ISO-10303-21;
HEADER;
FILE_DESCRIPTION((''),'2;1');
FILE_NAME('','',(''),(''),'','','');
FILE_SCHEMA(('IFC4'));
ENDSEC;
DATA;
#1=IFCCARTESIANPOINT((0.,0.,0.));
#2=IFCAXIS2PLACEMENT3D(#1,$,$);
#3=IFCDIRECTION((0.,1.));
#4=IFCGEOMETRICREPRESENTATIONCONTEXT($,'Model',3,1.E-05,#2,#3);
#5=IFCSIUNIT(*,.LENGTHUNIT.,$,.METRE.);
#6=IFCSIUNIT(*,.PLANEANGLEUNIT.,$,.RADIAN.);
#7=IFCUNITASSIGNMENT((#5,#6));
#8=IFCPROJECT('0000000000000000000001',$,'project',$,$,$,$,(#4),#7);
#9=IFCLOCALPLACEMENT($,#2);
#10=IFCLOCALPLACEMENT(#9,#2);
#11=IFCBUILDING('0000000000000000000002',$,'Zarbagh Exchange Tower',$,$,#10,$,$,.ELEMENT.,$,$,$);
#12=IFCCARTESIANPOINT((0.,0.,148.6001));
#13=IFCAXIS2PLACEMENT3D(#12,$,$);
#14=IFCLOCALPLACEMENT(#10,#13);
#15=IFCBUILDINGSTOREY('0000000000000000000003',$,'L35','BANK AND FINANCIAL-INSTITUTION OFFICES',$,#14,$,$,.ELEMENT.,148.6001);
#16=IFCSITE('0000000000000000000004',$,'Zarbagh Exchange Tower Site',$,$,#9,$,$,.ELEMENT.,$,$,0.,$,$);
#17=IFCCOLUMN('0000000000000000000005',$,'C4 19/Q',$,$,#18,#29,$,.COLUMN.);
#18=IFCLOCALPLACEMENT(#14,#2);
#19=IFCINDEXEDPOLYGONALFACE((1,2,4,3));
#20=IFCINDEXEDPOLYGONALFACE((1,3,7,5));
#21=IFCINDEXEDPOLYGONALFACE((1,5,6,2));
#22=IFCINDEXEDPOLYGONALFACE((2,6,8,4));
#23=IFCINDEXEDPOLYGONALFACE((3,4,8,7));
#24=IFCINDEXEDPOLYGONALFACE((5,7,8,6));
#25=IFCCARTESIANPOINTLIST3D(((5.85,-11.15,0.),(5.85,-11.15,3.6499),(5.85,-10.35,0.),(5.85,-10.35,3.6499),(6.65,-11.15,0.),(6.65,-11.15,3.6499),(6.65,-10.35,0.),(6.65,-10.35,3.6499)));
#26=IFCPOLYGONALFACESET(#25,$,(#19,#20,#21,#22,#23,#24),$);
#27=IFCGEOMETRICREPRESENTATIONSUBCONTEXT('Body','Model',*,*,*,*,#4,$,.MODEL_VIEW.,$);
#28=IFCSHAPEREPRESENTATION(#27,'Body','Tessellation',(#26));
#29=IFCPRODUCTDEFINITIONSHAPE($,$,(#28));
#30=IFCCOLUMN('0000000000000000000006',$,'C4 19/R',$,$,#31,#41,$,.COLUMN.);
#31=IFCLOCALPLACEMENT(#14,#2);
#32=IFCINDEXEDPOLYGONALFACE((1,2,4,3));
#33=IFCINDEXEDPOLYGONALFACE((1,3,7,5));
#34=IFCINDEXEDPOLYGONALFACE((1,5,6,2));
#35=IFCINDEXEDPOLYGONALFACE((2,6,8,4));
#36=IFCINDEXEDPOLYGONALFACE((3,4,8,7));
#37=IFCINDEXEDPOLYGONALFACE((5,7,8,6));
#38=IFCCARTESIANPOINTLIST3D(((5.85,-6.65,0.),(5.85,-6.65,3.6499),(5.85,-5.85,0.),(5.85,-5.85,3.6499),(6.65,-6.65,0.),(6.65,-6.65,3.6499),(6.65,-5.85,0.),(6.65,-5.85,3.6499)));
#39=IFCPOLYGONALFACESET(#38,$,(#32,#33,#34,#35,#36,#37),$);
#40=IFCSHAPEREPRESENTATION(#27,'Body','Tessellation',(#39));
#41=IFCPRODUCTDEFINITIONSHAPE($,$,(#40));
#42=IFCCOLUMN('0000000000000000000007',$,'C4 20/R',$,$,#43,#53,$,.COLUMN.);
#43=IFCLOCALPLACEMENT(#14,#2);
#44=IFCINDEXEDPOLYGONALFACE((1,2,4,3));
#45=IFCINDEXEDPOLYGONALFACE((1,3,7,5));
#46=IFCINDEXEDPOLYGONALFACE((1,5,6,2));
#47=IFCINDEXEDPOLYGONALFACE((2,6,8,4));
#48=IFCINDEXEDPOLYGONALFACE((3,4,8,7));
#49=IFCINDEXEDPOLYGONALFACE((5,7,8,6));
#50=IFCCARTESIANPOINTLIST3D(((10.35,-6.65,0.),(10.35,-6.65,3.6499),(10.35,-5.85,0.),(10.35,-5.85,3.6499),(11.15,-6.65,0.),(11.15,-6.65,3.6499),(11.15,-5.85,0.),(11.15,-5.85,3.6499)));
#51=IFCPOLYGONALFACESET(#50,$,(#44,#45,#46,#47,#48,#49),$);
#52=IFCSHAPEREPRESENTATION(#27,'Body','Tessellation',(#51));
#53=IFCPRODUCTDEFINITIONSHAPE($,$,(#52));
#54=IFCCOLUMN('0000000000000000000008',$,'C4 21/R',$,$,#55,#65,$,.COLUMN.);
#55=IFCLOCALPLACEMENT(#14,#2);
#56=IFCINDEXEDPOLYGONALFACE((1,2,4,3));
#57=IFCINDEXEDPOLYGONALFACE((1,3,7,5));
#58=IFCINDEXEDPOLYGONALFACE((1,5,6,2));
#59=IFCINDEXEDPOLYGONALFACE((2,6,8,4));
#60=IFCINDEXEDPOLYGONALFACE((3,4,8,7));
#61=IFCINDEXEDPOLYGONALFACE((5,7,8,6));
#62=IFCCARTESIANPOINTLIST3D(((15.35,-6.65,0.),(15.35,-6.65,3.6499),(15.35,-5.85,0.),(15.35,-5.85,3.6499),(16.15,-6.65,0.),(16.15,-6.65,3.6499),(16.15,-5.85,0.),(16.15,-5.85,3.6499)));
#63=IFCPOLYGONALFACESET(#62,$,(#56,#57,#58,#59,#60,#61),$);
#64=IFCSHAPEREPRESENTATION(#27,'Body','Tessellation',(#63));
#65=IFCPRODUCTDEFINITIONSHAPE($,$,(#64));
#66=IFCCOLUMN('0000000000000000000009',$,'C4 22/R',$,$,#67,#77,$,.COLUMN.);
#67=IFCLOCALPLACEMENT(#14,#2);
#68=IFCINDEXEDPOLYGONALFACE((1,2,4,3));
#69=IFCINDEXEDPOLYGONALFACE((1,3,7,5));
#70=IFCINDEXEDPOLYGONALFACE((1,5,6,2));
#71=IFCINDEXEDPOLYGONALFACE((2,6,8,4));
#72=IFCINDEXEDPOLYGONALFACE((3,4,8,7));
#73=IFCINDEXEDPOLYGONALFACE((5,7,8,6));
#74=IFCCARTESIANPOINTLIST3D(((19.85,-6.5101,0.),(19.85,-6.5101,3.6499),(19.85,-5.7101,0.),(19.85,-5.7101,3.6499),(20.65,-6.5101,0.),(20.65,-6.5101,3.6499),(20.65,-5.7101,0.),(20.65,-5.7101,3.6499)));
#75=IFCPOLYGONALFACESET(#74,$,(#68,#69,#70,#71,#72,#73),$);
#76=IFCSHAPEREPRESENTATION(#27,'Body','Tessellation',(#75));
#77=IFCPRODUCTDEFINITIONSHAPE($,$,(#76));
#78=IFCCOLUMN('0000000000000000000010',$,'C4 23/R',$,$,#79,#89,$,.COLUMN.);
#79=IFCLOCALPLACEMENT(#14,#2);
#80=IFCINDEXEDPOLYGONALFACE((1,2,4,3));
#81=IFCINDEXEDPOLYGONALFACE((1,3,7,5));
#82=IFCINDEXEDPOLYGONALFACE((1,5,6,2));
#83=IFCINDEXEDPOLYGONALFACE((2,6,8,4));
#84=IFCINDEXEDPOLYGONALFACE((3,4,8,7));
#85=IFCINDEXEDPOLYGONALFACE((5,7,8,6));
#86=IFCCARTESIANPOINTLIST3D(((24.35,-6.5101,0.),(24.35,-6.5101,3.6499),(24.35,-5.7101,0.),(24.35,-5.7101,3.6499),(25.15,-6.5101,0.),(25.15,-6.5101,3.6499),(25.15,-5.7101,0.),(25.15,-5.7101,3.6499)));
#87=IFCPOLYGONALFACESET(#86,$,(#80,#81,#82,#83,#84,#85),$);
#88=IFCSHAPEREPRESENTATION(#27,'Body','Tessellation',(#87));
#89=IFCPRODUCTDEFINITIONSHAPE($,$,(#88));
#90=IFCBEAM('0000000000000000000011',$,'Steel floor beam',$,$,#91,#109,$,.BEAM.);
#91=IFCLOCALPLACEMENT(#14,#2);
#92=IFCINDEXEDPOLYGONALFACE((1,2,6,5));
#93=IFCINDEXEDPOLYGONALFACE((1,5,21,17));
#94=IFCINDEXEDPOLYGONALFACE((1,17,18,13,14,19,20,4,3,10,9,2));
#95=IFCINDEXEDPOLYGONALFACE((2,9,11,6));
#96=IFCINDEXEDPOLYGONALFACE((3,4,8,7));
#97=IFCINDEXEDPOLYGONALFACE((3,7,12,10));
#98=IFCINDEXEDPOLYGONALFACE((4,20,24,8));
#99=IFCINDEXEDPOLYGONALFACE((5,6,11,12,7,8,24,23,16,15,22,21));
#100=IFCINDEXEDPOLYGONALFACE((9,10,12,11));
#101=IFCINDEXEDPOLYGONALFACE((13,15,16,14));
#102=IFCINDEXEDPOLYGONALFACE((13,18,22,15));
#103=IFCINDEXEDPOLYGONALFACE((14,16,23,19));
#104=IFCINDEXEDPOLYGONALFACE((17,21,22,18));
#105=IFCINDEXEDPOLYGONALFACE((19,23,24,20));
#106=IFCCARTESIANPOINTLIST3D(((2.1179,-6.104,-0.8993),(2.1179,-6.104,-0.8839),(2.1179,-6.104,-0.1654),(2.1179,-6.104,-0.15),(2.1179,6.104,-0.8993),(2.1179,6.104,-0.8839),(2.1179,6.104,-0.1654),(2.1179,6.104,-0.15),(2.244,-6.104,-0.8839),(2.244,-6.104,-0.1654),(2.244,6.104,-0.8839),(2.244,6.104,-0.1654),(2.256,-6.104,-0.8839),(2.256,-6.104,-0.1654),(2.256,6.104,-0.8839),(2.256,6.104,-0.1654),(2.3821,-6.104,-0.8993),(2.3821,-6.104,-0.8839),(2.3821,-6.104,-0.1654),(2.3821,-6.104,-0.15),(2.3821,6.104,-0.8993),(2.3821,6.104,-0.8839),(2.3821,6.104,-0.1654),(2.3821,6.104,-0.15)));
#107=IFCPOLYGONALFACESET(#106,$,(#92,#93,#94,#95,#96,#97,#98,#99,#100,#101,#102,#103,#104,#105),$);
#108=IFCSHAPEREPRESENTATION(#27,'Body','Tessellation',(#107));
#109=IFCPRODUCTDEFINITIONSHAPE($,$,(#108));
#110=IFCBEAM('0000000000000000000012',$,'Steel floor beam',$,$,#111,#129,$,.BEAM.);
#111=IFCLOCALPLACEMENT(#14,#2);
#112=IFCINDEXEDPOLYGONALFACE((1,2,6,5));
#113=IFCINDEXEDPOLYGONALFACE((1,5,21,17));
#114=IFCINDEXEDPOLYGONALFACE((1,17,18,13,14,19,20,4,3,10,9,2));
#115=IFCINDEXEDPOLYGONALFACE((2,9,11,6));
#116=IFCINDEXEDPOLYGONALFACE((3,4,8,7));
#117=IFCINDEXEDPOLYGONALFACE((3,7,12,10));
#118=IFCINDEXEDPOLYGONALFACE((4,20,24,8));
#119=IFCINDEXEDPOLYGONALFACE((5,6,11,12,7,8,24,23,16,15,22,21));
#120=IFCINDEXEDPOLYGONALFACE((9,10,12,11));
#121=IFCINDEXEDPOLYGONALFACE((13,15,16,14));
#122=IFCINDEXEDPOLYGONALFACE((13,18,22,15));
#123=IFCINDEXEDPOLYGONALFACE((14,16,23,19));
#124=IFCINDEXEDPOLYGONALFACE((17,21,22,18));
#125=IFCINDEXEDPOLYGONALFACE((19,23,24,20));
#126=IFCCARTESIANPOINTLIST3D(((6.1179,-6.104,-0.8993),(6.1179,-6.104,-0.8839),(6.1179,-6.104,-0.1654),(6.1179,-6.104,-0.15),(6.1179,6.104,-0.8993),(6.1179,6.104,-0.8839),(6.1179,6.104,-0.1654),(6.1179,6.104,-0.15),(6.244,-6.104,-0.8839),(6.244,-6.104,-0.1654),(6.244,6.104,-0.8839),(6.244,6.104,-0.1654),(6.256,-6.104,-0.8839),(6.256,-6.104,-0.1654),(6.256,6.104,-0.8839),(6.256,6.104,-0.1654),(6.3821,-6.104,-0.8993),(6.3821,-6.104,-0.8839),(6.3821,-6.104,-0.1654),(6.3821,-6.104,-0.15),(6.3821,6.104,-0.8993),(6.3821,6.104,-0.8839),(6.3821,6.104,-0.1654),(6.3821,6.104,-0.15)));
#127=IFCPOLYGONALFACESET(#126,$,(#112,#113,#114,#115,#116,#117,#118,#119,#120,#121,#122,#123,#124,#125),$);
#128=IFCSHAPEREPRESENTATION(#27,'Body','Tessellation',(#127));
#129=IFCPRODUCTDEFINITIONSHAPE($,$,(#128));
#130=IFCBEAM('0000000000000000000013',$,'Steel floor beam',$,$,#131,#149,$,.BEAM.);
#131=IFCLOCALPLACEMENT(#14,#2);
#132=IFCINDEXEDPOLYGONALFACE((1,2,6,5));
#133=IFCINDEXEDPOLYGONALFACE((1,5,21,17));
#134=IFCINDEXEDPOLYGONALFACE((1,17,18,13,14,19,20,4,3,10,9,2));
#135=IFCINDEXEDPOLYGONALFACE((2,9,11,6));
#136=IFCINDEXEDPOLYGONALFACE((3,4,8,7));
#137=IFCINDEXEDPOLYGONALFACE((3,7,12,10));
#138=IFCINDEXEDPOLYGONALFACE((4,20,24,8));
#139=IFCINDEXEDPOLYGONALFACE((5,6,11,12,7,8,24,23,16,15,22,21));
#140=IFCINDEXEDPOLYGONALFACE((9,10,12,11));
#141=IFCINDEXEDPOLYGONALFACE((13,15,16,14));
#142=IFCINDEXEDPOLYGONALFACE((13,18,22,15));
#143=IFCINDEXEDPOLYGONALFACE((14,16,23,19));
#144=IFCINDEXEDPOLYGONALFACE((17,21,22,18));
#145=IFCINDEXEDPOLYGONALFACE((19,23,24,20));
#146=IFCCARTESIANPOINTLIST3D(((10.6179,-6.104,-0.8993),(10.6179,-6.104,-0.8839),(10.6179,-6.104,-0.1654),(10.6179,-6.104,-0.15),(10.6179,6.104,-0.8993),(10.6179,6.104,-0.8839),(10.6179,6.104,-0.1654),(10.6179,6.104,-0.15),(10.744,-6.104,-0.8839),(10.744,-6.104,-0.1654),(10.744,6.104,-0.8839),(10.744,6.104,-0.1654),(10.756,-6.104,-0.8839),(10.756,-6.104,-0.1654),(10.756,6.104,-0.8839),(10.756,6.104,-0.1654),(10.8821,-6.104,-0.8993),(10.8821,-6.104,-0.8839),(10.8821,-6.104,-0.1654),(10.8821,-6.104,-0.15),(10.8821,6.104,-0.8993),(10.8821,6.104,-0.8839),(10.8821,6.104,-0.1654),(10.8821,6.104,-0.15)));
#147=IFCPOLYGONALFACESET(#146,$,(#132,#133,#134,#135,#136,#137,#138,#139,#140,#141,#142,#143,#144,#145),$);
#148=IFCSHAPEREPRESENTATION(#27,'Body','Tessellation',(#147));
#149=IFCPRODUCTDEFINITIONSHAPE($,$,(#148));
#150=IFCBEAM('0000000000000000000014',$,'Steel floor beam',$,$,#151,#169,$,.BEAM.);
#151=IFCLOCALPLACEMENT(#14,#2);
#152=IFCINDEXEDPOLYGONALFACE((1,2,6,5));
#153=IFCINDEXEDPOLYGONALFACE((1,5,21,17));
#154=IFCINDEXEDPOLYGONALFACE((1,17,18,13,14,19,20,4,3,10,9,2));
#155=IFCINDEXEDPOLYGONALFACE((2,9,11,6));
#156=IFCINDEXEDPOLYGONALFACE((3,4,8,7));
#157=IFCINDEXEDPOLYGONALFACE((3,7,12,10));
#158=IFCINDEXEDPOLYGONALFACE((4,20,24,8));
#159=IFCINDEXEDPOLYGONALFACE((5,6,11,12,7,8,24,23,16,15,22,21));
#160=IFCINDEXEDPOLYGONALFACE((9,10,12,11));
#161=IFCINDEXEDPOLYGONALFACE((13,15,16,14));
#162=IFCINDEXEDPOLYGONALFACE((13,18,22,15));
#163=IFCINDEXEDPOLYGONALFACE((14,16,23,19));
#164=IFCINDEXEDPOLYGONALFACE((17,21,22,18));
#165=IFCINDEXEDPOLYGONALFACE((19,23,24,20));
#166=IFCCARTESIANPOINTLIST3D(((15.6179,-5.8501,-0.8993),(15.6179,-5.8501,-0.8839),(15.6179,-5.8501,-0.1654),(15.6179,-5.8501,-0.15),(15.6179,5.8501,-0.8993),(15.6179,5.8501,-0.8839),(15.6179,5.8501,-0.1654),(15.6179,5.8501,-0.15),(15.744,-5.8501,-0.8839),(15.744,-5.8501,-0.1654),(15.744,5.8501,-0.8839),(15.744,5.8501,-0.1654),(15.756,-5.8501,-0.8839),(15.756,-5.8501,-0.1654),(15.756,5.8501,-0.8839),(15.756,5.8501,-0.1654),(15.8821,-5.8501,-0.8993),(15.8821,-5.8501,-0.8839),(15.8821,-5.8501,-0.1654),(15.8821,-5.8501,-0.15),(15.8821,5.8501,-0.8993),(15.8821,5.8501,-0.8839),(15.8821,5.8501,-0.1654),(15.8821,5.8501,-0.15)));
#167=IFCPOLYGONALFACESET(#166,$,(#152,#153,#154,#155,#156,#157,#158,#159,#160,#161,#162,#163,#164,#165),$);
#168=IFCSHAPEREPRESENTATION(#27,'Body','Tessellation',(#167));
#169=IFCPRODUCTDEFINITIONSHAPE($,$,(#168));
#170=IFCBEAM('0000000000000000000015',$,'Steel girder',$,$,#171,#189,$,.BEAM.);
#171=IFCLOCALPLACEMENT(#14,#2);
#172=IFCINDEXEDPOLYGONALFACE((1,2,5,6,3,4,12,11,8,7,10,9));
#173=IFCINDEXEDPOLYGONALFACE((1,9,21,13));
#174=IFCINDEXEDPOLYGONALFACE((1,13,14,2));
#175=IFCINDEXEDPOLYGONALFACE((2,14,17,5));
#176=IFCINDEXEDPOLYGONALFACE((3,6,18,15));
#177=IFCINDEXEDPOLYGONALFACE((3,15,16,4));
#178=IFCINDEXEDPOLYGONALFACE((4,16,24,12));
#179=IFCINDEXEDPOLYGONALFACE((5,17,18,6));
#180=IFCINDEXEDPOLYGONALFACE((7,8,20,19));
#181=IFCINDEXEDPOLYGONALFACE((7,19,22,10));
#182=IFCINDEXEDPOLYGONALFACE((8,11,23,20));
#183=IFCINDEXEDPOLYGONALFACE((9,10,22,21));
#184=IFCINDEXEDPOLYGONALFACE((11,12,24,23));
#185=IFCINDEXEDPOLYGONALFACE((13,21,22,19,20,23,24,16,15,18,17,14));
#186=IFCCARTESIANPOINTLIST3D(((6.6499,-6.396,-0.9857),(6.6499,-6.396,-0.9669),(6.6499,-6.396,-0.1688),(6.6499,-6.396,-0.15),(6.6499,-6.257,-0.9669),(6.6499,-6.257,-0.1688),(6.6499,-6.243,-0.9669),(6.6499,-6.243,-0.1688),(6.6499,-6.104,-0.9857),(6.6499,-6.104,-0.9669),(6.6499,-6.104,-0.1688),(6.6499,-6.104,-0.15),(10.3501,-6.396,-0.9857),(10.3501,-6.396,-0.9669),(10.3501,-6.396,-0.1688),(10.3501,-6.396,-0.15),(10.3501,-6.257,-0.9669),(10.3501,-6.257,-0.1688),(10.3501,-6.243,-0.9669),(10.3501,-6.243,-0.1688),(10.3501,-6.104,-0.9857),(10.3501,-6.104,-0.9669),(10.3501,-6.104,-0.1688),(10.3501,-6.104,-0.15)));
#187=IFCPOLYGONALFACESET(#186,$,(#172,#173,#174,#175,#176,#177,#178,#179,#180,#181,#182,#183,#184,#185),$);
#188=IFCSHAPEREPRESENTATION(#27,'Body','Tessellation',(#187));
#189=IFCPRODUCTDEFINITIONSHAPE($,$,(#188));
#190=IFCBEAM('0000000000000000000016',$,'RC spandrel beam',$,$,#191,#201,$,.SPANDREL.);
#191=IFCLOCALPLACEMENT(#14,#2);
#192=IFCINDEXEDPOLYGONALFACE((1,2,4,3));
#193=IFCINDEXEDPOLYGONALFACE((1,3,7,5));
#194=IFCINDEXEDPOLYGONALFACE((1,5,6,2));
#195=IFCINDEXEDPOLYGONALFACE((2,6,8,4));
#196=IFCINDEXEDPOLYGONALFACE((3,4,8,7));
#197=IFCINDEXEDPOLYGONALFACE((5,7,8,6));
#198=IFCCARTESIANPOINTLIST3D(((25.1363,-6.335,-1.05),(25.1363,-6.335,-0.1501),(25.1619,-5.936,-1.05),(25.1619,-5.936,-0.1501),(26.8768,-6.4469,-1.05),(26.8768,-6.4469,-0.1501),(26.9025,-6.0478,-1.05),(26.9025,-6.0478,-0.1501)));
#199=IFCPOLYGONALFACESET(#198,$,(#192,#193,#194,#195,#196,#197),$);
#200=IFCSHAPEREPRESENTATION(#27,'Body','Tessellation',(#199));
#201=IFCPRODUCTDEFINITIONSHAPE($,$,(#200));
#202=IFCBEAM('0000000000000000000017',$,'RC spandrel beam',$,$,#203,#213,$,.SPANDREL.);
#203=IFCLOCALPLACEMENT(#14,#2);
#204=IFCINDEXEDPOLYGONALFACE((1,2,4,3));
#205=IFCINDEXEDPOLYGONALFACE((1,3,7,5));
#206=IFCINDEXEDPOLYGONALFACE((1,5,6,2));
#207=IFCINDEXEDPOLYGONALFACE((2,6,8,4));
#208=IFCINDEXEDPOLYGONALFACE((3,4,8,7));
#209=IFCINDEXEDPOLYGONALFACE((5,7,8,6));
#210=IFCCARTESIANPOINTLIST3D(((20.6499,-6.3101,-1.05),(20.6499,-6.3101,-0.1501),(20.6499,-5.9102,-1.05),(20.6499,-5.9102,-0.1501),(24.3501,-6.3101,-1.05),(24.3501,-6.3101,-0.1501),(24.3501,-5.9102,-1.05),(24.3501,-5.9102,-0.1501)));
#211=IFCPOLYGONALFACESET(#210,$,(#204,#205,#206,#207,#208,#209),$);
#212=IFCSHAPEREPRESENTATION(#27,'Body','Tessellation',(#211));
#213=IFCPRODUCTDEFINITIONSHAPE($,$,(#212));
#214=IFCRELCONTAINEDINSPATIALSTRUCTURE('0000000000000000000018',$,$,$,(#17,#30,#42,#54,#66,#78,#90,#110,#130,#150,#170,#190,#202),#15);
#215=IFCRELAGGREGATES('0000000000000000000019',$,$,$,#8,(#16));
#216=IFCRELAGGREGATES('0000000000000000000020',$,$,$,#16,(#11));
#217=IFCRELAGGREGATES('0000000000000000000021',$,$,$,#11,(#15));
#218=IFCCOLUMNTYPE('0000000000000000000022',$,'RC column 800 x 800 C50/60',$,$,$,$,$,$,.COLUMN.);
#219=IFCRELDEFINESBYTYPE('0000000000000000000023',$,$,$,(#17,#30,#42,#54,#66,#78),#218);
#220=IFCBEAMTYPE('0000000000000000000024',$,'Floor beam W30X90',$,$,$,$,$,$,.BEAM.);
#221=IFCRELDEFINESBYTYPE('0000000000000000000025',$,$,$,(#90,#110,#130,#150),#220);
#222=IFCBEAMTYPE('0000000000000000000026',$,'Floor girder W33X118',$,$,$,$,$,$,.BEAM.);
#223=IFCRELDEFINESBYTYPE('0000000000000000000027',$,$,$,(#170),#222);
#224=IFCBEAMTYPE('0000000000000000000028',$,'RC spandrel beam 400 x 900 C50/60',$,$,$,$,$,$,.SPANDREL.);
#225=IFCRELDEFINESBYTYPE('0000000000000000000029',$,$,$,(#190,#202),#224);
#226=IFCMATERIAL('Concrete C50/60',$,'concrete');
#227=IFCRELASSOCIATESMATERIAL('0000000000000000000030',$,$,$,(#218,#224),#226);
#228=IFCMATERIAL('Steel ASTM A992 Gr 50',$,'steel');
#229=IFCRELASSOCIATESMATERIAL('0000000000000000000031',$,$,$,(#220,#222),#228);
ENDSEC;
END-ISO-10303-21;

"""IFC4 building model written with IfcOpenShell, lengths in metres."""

from ifc_helpers import new_model, si_unit, direction, frame, origin, origin_2d, place, context, subcontext, project, spatial, rectangle, i_section, extrude, material, material_profile, profile_set, type_object, element, save


model = new_model("IFC4")

# Units and contexts
model_context = context("Model", 3, precision=1e-05, world=origin(), true_north=direction((0.0, 1.0)))
body_context = subcontext(model_context, "Body", "Model", "MODEL_VIEW")
ifc_project = project(units=[si_unit("LENGTHUNIT", "METRE"), si_unit("PLANEANGLEUNIT", "RADIAN")], contexts=[model_context])

# Site, building, storey
site_placement = place(None, origin())
site = spatial("IfcSite", under=ifc_project, at=site_placement, Name="Zarbagh Exchange Tower Site", CompositionType="ELEMENT", RefElevation=0.0)
building_placement = place(site_placement, origin())
building = spatial("IfcBuilding", under=site, at=building_placement, Name="Zarbagh Exchange Tower", CompositionType="ELEMENT")
storey_placement = place(building_placement, frame((0.0, 0.0, 148.6001)))
storey = spatial("IfcBuildingStorey", under=building, at=storey_placement, Name="L35", Description="BANK AND FINANCIAL-INSTITUTION OFFICES", CompositionType="ELEMENT", Elevation=148.6001)

# Columns
ifc_material_1 = material(Name="Concrete C50/60", Category="concrete")
ifc_material_profile_1 = material_profile(ifc_material_1, rectangle(XDim=0.8, YDim=0.8, at=origin_2d()), Name="RC column 800 x 800 C50/60")
ifc_profile_set_1 = profile_set([ifc_material_profile_1], Name="Concrete C50/60")
column_type = type_object("IfcColumnType", Name="RC column 800 x 800 C50/60", PredefinedType="COLUMN", material=ifc_profile_set_1)
for number, where, z_axis, x_axis, name in (
    (1, (6.25, -10.75, 0.0), (0.0, 0.0, 1.0), (1.0, 0.0, 0.0), "C4 19/Q"),
    (2, (6.25, -6.25, 0.0), (0.0, 0.0, 1.0), (1.0, 0.0, 0.0), "C4 19/R"),
    (3, (10.75, -6.25, 0.0), (0.0, 0.0, 1.0), (1.0, 0.0, 0.0), "C4 20/R"),
    (4, (15.75, -6.25, 0.0), (0.0, 0.0, 1.0), (1.0, 0.0, 0.0), "C4 21/R"),
    (5, (20.25, -6.1101, 0.0), (0.0, 0.0, 1.0), (1.0, 0.0, 0.0), "C4 22/R"),
    (6, (24.75, -6.1101, 0.0), (0.0, 0.0, 1.0), (1.0, 0.0, 0.0), "C4 23/R"),
):
    element("IfcColumn", number, at=place(storey_placement, frame(where, z_axis=z_axis, x_axis=x_axis)), inside=storey, type_object=column_type, Name=name, PredefinedType="COLUMN", context=body_context, shape_type="SweptSolid", body=[
        extrude(rectangle(XDim=0.8, YDim=0.8, at=origin_2d()), origin(), (0.0, 0.0, 1.0), 3.6499),
    ])

# Beams
ifc_material_2 = material(Name="Steel ASTM A992 Gr 50", Category="steel")
ifc_material_profile_2 = material_profile(ifc_material_2, i_section(OverallWidth=0.2642, OverallDepth=0.7493, WebThickness=0.012, FlangeThickness=0.0154, at=origin_2d()), Name="W30X90")
ifc_profile_set_2 = profile_set([ifc_material_profile_2], Name="Steel ASTM A992 Gr 50")
beam_type_1 = type_object("IfcBeamType", Name="Floor beam W30X90", PredefinedType="BEAM", material=ifc_profile_set_2)
for number, where, z_axis, x_axis, name in (
    (7, (2.25, -6.104, -0.5247), (0.0, 1.0, 0.0), (-1.0, 0.0, 0.0), "Steel floor beam"),
    (8, (6.25, -6.104, -0.5247), (0.0, 1.0, 0.0), (-1.0, 0.0, 0.0), "Steel floor beam"),
    (9, (10.75, -6.104, -0.5247), (0.0, 1.0, 0.0), (-1.0, 0.0, 0.0), "Steel floor beam"),
):
    element("IfcBeam", number, at=place(storey_placement, frame(where, z_axis=z_axis, x_axis=x_axis)), inside=storey, type_object=beam_type_1, Name=name, PredefinedType="BEAM", context=body_context, shape_type="SweptSolid", body=[
        extrude(i_section(OverallWidth=0.2642, OverallDepth=0.7493, WebThickness=0.012, FlangeThickness=0.0154, at=origin_2d()), origin(), (0.0, 0.0, 1.0), 12.208),
    ])
beam_1_placement = place(storey_placement, frame((15.75, -5.8501, -0.5247), z_axis=(0.0, 1.0, 0.0), x_axis=(-1.0, 0.0, 0.0)))
element("IfcBeam", 10, at=beam_1_placement, inside=storey, type_object=beam_type_1, Name="Steel floor beam", PredefinedType="BEAM", context=body_context, shape_type="SweptSolid", body=[
    extrude(i_section(OverallWidth=0.2642, OverallDepth=0.7493, WebThickness=0.012, FlangeThickness=0.0154, at=origin_2d()), origin(), (0.0, 0.0, 1.0), 11.7002),
])
ifc_material_profile_3 = material_profile(ifc_material_2, i_section(OverallWidth=0.292, OverallDepth=0.8357, WebThickness=0.0139, FlangeThickness=0.0188, at=origin_2d()), Name="W33X118")
ifc_profile_set_3 = profile_set([ifc_material_profile_3], Name="Steel ASTM A992 Gr 50")
beam_type_2 = type_object("IfcBeamType", Name="Floor girder W33X118", PredefinedType="BEAM", material=ifc_profile_set_3)
beam_2_placement = place(storey_placement, frame((6.6499, -6.25, -0.5679), z_axis=(1.0, 0.0, 0.0), x_axis=(0.0, 1.0, 0.0)))
element("IfcBeam", 11, at=beam_2_placement, inside=storey, type_object=beam_type_2, Name="Steel girder", PredefinedType="BEAM", context=body_context, shape_type="SweptSolid", body=[
    extrude(i_section(OverallWidth=0.292, OverallDepth=0.8357, WebThickness=0.0139, FlangeThickness=0.0188, at=origin_2d()), origin(), (0.0, 0.0, 1.0), 3.7002),
])
ifc_material_profile_4 = material_profile(ifc_material_1, rectangle(XDim=0.3999, YDim=0.8999, at=origin_2d()), Name="RC spandrel beam 400 x 900 C50/60")
ifc_profile_set_4 = profile_set([ifc_material_profile_4], Name="Concrete C50/60")
beam_type_3 = type_object("IfcBeamType", Name="RC spandrel beam 400 x 900 C50/60", PredefinedType="SPANDREL", material=ifc_profile_set_4)
beam_3_placement = place(storey_placement, frame((26.8896, -6.2473, -0.6001), z_axis=(-0.997943, 0.064112, 0.0), x_axis=(-0.064112, -0.997943, 0.0)))
element("IfcBeam", 12, at=beam_3_placement, inside=storey, type_object=beam_type_3, Name="RC spandrel beam", PredefinedType="SPANDREL", context=body_context, shape_type="SweptSolid", body=[
    extrude(rectangle(XDim=0.3999, YDim=0.8999, at=origin_2d()), origin(), (0.0, 0.0, 1.0), 1.7441),
])
beam_4_placement = place(storey_placement, frame((24.3501, -6.1101, -0.6001), z_axis=(-1.0, 0.0, 0.0), x_axis=(0.0, -1.0, 0.0)))
element("IfcBeam", 13, at=beam_4_placement, inside=storey, type_object=beam_type_3, Name="RC spandrel beam", PredefinedType="SPANDREL", context=body_context, shape_type="SweptSolid", body=[
    extrude(rectangle(XDim=0.3999, YDim=0.8999, at=origin_2d()), origin(), (0.0, 0.0, 1.0), 3.7002),
])

save(model, "model.ifc")
